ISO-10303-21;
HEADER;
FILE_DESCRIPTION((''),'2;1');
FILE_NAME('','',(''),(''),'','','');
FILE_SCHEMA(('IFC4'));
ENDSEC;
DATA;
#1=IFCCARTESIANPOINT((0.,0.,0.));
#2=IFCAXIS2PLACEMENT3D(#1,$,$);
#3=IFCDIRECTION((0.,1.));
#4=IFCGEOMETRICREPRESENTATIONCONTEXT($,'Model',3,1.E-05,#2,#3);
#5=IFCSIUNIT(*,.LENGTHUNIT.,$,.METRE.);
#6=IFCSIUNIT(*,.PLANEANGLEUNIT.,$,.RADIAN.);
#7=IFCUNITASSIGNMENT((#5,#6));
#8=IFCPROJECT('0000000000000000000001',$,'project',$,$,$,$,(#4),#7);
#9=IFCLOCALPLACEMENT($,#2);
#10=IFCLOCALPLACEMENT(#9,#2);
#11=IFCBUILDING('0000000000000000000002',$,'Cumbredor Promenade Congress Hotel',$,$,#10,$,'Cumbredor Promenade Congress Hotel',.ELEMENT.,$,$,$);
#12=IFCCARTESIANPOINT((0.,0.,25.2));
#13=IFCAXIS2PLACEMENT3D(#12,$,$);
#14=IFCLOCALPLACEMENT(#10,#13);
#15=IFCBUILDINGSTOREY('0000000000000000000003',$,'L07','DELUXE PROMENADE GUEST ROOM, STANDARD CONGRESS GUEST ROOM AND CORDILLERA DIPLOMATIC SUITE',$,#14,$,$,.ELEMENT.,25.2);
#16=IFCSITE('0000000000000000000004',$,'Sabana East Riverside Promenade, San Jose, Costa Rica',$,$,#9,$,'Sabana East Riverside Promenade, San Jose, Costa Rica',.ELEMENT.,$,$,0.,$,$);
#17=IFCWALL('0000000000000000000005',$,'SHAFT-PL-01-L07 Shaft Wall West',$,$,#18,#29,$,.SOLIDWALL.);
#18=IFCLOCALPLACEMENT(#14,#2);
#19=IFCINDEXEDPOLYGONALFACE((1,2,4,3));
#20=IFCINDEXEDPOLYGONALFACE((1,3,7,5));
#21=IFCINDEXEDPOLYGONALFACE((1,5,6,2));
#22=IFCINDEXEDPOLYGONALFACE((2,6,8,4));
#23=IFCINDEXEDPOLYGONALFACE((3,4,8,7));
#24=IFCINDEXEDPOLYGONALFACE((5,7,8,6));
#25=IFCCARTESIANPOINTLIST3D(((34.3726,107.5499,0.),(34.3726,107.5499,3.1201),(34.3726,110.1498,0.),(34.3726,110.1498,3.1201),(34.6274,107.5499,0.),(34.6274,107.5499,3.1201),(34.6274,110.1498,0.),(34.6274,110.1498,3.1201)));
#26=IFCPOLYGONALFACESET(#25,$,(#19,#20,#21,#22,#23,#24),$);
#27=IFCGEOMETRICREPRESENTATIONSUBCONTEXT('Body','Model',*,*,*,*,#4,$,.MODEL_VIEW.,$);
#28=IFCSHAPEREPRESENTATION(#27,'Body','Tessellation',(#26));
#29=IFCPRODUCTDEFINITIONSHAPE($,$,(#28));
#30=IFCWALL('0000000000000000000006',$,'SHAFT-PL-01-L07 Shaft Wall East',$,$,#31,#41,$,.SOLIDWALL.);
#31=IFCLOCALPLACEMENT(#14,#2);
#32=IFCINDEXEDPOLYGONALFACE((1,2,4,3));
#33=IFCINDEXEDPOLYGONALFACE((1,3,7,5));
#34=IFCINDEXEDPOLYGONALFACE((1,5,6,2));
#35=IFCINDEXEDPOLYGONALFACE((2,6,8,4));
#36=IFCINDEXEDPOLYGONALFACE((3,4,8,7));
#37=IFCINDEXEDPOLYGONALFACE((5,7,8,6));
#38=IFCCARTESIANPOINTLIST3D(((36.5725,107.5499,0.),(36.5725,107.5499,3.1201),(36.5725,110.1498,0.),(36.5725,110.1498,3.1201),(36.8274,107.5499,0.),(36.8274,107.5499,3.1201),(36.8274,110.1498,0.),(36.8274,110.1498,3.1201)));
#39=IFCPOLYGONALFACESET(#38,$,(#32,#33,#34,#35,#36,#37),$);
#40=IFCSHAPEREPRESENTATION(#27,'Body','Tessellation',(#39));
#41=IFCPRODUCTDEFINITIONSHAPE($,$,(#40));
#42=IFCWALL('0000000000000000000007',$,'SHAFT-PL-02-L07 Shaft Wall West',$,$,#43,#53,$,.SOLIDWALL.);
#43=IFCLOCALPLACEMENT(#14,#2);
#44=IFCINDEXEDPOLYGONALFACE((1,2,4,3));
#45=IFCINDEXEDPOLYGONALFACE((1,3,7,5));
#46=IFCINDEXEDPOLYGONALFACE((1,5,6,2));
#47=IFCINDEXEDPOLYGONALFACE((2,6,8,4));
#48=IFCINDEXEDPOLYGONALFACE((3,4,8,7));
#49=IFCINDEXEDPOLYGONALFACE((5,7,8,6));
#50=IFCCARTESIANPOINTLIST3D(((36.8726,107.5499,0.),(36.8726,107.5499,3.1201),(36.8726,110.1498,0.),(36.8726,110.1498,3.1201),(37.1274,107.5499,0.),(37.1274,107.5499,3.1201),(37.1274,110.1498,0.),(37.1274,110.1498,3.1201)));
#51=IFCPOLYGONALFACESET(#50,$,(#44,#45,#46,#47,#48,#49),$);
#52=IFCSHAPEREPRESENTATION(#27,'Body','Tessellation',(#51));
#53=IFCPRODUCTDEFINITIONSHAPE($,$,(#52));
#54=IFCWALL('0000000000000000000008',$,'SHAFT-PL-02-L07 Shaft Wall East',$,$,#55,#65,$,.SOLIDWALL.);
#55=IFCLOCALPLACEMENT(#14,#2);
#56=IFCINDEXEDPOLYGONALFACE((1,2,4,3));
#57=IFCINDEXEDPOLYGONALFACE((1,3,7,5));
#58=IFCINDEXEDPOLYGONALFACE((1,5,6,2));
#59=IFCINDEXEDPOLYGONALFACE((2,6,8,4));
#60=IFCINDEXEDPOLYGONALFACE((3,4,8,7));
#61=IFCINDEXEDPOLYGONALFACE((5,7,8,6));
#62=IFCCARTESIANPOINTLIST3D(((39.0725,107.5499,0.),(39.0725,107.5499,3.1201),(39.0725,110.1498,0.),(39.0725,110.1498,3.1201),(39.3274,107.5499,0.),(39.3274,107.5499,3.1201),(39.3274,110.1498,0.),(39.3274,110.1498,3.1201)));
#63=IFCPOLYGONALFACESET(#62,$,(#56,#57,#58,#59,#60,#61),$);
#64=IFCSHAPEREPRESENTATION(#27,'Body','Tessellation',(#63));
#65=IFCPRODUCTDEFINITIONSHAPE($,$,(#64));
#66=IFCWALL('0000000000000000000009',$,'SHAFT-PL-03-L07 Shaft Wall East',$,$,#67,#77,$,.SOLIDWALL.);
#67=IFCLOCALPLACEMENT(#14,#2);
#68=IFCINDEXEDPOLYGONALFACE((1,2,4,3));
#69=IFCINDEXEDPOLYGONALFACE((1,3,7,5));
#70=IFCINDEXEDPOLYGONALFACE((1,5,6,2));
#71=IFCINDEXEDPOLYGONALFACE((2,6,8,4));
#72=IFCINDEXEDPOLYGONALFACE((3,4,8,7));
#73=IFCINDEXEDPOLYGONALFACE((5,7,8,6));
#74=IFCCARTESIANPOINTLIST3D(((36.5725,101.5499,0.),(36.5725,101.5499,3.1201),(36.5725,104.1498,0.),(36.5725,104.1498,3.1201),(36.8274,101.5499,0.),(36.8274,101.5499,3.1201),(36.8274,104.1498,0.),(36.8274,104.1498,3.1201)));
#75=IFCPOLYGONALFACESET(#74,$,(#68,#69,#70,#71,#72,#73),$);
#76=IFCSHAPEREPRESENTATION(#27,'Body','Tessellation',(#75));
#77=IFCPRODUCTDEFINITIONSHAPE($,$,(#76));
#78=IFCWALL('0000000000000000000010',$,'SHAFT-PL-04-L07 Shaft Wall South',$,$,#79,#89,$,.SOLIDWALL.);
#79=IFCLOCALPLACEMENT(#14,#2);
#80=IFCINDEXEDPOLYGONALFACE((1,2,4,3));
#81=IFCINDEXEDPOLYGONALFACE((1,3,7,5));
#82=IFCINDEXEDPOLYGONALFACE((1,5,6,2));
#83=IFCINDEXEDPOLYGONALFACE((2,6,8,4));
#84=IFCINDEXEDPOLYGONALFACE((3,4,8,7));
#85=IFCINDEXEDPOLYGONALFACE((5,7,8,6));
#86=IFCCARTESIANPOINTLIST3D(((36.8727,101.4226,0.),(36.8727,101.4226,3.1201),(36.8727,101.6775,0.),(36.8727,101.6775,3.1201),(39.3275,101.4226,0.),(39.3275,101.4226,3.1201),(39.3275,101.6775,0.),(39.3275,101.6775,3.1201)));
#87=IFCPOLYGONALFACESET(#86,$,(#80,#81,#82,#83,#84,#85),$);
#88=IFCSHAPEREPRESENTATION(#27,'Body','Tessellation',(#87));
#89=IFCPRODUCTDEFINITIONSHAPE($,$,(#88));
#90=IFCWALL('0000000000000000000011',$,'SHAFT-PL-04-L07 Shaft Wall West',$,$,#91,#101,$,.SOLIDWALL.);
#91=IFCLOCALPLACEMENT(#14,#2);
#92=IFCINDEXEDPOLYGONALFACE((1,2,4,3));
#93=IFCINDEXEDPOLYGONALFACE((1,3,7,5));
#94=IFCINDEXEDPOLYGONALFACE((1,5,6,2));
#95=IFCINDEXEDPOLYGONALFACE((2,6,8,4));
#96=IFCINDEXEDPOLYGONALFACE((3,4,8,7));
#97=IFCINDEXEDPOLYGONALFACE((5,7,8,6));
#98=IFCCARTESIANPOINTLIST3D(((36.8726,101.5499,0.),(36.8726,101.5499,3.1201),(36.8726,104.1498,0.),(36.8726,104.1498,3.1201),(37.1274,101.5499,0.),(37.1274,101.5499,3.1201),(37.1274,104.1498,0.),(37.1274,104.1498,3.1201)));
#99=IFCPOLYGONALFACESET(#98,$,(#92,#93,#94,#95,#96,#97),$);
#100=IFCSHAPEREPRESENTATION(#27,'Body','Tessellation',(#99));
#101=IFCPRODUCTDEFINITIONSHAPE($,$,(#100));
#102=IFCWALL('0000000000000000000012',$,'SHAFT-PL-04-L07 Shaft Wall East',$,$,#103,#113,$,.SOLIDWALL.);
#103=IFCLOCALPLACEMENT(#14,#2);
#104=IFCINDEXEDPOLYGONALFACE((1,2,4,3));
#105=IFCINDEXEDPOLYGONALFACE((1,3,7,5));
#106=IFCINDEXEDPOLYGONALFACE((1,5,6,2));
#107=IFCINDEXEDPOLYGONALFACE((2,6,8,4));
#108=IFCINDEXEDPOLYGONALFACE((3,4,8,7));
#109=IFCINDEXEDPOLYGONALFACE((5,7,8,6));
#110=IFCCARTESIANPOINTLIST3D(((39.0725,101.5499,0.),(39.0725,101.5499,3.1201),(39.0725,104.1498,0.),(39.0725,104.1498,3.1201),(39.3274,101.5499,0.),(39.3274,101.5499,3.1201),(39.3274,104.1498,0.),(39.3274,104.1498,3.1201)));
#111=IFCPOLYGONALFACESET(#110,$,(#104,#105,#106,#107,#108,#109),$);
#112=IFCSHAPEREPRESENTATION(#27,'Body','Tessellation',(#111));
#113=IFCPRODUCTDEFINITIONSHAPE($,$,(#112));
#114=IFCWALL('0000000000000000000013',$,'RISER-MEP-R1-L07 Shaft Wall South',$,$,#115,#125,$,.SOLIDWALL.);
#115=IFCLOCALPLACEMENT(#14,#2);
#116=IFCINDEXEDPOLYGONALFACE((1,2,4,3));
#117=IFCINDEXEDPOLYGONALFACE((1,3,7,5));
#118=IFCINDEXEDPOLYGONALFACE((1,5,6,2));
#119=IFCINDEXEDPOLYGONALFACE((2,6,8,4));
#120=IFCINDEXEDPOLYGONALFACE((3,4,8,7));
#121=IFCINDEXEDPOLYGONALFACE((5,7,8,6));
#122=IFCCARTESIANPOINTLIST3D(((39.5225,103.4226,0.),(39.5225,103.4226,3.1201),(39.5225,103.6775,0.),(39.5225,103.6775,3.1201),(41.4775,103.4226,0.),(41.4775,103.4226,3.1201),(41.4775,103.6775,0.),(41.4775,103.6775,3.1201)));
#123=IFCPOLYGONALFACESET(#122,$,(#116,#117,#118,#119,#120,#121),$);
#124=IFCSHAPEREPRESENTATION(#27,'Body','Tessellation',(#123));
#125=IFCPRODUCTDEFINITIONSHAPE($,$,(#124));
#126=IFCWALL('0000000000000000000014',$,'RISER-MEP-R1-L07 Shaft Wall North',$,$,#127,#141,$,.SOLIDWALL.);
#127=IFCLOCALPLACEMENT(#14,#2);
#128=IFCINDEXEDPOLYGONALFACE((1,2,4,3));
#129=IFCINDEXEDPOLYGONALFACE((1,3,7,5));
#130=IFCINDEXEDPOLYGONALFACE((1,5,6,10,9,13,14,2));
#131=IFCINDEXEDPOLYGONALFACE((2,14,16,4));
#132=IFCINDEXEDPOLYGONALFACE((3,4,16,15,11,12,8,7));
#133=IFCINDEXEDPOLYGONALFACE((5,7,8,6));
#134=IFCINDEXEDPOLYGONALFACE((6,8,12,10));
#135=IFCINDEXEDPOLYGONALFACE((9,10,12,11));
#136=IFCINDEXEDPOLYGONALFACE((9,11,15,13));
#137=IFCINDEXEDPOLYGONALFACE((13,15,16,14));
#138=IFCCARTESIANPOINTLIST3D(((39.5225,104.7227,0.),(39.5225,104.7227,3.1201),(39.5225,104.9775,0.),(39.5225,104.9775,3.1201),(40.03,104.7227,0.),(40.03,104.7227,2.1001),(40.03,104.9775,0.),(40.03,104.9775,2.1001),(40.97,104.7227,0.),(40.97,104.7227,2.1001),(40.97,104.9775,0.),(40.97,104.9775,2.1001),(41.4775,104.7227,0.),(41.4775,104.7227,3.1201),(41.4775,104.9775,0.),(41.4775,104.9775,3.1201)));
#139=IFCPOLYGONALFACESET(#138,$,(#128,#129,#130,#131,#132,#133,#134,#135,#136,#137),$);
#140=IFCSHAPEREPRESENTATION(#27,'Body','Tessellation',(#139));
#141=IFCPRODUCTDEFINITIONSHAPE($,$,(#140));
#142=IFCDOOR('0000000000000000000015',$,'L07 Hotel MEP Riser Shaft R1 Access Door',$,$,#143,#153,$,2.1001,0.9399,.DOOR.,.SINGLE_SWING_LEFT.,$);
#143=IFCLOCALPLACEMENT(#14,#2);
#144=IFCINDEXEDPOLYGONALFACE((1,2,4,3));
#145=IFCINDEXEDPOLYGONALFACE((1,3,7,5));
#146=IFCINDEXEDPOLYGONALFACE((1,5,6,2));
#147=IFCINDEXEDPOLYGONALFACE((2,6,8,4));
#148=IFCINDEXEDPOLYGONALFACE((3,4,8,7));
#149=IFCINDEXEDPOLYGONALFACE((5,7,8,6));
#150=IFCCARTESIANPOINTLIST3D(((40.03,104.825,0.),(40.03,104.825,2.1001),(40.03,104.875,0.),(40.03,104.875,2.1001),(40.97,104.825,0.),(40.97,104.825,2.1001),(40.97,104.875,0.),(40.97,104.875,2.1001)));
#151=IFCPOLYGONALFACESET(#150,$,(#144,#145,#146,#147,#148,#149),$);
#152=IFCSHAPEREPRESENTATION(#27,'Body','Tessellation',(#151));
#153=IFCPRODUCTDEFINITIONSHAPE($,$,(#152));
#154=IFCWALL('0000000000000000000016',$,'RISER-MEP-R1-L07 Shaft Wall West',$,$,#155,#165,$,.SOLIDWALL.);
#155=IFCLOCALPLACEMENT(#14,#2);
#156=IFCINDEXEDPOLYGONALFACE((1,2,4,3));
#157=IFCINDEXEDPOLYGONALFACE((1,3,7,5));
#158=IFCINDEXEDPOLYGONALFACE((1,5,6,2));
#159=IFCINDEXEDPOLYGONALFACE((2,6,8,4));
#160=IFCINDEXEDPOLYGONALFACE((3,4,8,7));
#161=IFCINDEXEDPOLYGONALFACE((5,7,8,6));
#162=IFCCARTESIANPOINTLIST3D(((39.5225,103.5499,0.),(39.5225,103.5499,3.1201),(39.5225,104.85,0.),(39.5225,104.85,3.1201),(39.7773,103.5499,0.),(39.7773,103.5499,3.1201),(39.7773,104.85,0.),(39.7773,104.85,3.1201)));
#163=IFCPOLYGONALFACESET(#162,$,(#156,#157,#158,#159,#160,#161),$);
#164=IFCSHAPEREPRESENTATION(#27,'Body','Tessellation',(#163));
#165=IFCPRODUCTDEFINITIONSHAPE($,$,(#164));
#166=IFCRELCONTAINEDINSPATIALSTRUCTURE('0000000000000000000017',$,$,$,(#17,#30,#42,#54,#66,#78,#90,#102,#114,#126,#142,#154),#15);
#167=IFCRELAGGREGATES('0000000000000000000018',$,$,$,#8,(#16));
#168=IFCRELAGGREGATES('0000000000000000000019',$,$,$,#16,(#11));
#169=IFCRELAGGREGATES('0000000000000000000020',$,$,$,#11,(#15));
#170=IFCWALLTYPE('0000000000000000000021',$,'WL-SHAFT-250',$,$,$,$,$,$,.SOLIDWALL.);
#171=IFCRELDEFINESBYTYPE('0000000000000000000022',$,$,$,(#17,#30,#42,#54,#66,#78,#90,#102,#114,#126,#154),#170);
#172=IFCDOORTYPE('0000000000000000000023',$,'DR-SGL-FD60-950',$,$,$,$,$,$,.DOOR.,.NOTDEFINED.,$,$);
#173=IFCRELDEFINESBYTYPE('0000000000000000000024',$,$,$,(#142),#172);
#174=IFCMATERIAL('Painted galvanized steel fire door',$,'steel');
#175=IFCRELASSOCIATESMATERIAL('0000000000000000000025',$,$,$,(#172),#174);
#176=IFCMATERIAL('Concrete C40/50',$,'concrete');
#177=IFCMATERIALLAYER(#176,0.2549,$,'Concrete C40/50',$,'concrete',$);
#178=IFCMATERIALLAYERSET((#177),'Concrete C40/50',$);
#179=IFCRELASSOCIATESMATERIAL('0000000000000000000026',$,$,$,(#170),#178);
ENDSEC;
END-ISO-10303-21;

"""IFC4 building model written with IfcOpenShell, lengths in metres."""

from ifc_helpers import new_model, si_unit, direction, frame, frame_2d, origin, place, context, subcontext, project, spatial, rectangle, extrude, material, layer, layer_set, type_object, element, fill, save


model = new_model("IFC4")

# Units and contexts
model_context = context("Model", 3, precision=1e-05, world=origin(), true_north=direction((0.0, 1.0)))
body_context = subcontext(model_context, "Body", "Model", "MODEL_VIEW")
ifc_project = project(units=[si_unit("LENGTHUNIT", "METRE"), si_unit("PLANEANGLEUNIT", "RADIAN")], contexts=[model_context])

# Site, building, storey
site_placement = place(None, origin())
site = spatial("IfcSite", under=ifc_project, at=site_placement, Name="Sabana East Riverside Promenade, San Jose, Costa Rica", LongName="Sabana East Riverside Promenade, San Jose, Costa Rica", CompositionType="ELEMENT", RefElevation=0.0)
building_placement = place(site_placement, origin())
building = spatial("IfcBuilding", under=site, at=building_placement, Name="Cumbredor Promenade Congress Hotel", LongName="Cumbredor Promenade Congress Hotel", CompositionType="ELEMENT")
storey_placement = place(building_placement, frame((0.0, 0.0, 25.2)))
storey = spatial("IfcBuildingStorey", under=building, at=storey_placement, Name="L07", Description="DELUXE PROMENADE GUEST ROOM, STANDARD CONGRESS GUEST ROOM AND CORDILLERA DIPLOMATIC SUITE", CompositionType="ELEMENT", Elevation=25.2)

# Shared definitions
ifc_material_1 = material(Name="Painted galvanized steel fire door", Category="steel")
door_type_1 = type_object("IfcDoorType", Name="DR-SGL-FD60-950", OperationType="NOTDEFINED", PredefinedType="DOOR", material=ifc_material_1)

# Walls
ifc_material_2 = material(Name="Concrete C40/50", Category="concrete")
ifc_layer_1 = layer(ifc_material_2, 0.2549, Name="Concrete C40/50", Category="concrete")
ifc_layer_set_1 = layer_set([ifc_layer_1], Name="Concrete C40/50")
wall_type_1 = type_object("IfcWallType", Name="WL-SHAFT-250", PredefinedType="SOLIDWALL", material=ifc_layer_set_1)
for number, where, z_axis, x_axis, name in (
    (1, (34.5, 107.55, 0.0), (0.0, 0.0, 1.0), (0.0, 1.0, 0.0), "SHAFT-PL-01-L07 Shaft Wall West"),
    (2, (36.7, 107.55, 0.0), (0.0, 0.0, 1.0), (0.0, 1.0, 0.0), "SHAFT-PL-01-L07 Shaft Wall East"),
):
    element("IfcWall", number, at=place(storey_placement, frame(where, z_axis=z_axis, x_axis=x_axis)), inside=storey, type_object=wall_type_1, Name=name, PredefinedType="SOLIDWALL", context=body_context, shape_type="SweptSolid", body=[
        extrude(rectangle(XDim=2.5999, YDim=0.2549, at=frame_2d((1.2998, 0.0))), origin(), (0.0, 0.0, 1.0), 3.1201),
    ])

# Walls
for number, where, z_axis, x_axis, name in (
    (3, (37.0, 107.55, 0.0), (0.0, 0.0, 1.0), (0.0, 1.0, 0.0), "SHAFT-PL-02-L07 Shaft Wall West"),
    (4, (39.2, 107.55, 0.0), (0.0, 0.0, 1.0), (0.0, 1.0, 0.0), "SHAFT-PL-02-L07 Shaft Wall East"),
    (5, (36.7, 101.55, 0.0), (0.0, 0.0, 1.0), (0.0, 1.0, 0.0), "SHAFT-PL-03-L07 Shaft Wall East"),
):
    element("IfcWall", number, at=place(storey_placement, frame(where, z_axis=z_axis, x_axis=x_axis)), inside=storey, type_object=wall_type_1, Name=name, PredefinedType="SOLIDWALL", context=body_context, shape_type="SweptSolid", body=[
        extrude(rectangle(XDim=2.5999, YDim=0.2549, at=frame_2d((1.2998, 0.0))), origin(), (0.0, 0.0, 1.0), 3.1201),
    ])
wall_1_placement = place(storey_placement, frame((36.8726, 101.55, 0.0), z_axis=(0.0, 0.0, 1.0), x_axis=(1.0, 0.0, 0.0)))
element("IfcWall", 6, at=wall_1_placement, inside=storey, type_object=wall_type_1, Name="SHAFT-PL-04-L07 Shaft Wall South", PredefinedType="SOLIDWALL", context=body_context, shape_type="SweptSolid", body=[
    extrude(rectangle(XDim=2.4548, YDim=0.2549, at=frame_2d((1.2275, 0.0))), origin(), (0.0, 0.0, 1.0), 3.1201),
])

# Walls
for number, where, z_axis, x_axis, name in (
    (7, (37.0, 101.55, 0.0), (0.0, 0.0, 1.0), (0.0, 1.0, 0.0), "SHAFT-PL-04-L07 Shaft Wall West"),
    (8, (39.2, 101.55, 0.0), (0.0, 0.0, 1.0), (0.0, 1.0, 0.0), "SHAFT-PL-04-L07 Shaft Wall East"),
):
    element("IfcWall", number, at=place(storey_placement, frame(where, z_axis=z_axis, x_axis=x_axis)), inside=storey, type_object=wall_type_1, Name=name, PredefinedType="SOLIDWALL", context=body_context, shape_type="SweptSolid", body=[
        extrude(rectangle(XDim=2.5999, YDim=0.2549, at=frame_2d((1.2998, 0.0))), origin(), (0.0, 0.0, 1.0), 3.1201),
    ])
wall_2_placement = place(storey_placement, frame((39.5225, 103.55, 0.0), z_axis=(0.0, 0.0, 1.0), x_axis=(1.0, 0.0, 0.0)))
element("IfcWall", 9, at=wall_2_placement, inside=storey, type_object=wall_type_1, Name="RISER-MEP-R1-L07 Shaft Wall South", PredefinedType="SOLIDWALL", context=body_context, shape_type="SweptSolid", body=[
    extrude(rectangle(XDim=1.9551, YDim=0.2549, at=frame_2d((0.9775, 0.0))), origin(), (0.0, 0.0, 1.0), 3.1201),
])

# Wall, opening, door
wall_3_placement = place(storey_placement, frame((39.5225, 104.8501, 0.0), z_axis=(0.0, 0.0, 1.0), x_axis=(1.0, 0.0, 0.0)))
wall_3 = element("IfcWall", 10, at=wall_3_placement, inside=storey, type_object=wall_type_1, Name="RISER-MEP-R1-L07 Shaft Wall North", PredefinedType="SOLIDWALL", context=body_context, shape_type="SweptSolid", body=[
    extrude(rectangle(XDim=1.9551, YDim=0.2549, at=frame_2d((0.9775, 0.0))), origin(), (0.0, 0.0, 1.0), 3.1201),
])
opening_1_placement = place(wall_3_placement, frame((0.5076, 0.0, 0.0)))
opening_1 = element("IfcOpeningElement", 11, at=opening_1_placement, cuts=wall_3, PredefinedType="OPENING", context=body_context, shape_type="SweptSolid", body=[
    extrude(rectangle(XDim=0.9399, YDim=2.1001, at=frame_2d((0.47, 1.05))), frame((0.0, 0.1375, 0.0), z_axis=(0.0, -1.0, 0.0), x_axis=(1.0, 0.0, 0.0)), (0.0, 0.0, 1.0), 0.2749),
])
door_1_placement = place(opening_1_placement, origin())
door_1 = element("IfcDoor", 12, at=door_1_placement, inside=storey, type_object=door_type_1, Name="L07 Hotel MEP Riser Shaft R1 Access Door", OperationType="SINGLE_SWING_LEFT", OverallHeight=2.1001, OverallWidth=0.9399, PredefinedType="DOOR", context=body_context, shape_type="SweptSolid", body=[
    extrude(rectangle(XDim=0.9399, YDim=2.1001, at=frame_2d((0.47, 1.05))), frame((0.0, 0.0249, 0.0), z_axis=(0.0, -1.0, 0.0), x_axis=(1.0, 0.0, 0.0)), (0.0, 0.0, 1.0), 0.05),
])
fill(opening_1, door_1)

# Wall
wall_4_placement = place(storey_placement, frame((39.6499, 103.55, 0.0), z_axis=(0.0, 0.0, 1.0), x_axis=(0.0, 1.0, 0.0)))
element("IfcWall", 13, at=wall_4_placement, inside=storey, type_object=wall_type_1, Name="RISER-MEP-R1-L07 Shaft Wall West", PredefinedType="SOLIDWALL", context=body_context, shape_type="SweptSolid", body=[
    extrude(rectangle(XDim=1.3, YDim=0.2549, at=frame_2d((0.6499, 0.0))), origin(), (0.0, 0.0, 1.0), 3.1201),
])

save(model, "model.ifc")
